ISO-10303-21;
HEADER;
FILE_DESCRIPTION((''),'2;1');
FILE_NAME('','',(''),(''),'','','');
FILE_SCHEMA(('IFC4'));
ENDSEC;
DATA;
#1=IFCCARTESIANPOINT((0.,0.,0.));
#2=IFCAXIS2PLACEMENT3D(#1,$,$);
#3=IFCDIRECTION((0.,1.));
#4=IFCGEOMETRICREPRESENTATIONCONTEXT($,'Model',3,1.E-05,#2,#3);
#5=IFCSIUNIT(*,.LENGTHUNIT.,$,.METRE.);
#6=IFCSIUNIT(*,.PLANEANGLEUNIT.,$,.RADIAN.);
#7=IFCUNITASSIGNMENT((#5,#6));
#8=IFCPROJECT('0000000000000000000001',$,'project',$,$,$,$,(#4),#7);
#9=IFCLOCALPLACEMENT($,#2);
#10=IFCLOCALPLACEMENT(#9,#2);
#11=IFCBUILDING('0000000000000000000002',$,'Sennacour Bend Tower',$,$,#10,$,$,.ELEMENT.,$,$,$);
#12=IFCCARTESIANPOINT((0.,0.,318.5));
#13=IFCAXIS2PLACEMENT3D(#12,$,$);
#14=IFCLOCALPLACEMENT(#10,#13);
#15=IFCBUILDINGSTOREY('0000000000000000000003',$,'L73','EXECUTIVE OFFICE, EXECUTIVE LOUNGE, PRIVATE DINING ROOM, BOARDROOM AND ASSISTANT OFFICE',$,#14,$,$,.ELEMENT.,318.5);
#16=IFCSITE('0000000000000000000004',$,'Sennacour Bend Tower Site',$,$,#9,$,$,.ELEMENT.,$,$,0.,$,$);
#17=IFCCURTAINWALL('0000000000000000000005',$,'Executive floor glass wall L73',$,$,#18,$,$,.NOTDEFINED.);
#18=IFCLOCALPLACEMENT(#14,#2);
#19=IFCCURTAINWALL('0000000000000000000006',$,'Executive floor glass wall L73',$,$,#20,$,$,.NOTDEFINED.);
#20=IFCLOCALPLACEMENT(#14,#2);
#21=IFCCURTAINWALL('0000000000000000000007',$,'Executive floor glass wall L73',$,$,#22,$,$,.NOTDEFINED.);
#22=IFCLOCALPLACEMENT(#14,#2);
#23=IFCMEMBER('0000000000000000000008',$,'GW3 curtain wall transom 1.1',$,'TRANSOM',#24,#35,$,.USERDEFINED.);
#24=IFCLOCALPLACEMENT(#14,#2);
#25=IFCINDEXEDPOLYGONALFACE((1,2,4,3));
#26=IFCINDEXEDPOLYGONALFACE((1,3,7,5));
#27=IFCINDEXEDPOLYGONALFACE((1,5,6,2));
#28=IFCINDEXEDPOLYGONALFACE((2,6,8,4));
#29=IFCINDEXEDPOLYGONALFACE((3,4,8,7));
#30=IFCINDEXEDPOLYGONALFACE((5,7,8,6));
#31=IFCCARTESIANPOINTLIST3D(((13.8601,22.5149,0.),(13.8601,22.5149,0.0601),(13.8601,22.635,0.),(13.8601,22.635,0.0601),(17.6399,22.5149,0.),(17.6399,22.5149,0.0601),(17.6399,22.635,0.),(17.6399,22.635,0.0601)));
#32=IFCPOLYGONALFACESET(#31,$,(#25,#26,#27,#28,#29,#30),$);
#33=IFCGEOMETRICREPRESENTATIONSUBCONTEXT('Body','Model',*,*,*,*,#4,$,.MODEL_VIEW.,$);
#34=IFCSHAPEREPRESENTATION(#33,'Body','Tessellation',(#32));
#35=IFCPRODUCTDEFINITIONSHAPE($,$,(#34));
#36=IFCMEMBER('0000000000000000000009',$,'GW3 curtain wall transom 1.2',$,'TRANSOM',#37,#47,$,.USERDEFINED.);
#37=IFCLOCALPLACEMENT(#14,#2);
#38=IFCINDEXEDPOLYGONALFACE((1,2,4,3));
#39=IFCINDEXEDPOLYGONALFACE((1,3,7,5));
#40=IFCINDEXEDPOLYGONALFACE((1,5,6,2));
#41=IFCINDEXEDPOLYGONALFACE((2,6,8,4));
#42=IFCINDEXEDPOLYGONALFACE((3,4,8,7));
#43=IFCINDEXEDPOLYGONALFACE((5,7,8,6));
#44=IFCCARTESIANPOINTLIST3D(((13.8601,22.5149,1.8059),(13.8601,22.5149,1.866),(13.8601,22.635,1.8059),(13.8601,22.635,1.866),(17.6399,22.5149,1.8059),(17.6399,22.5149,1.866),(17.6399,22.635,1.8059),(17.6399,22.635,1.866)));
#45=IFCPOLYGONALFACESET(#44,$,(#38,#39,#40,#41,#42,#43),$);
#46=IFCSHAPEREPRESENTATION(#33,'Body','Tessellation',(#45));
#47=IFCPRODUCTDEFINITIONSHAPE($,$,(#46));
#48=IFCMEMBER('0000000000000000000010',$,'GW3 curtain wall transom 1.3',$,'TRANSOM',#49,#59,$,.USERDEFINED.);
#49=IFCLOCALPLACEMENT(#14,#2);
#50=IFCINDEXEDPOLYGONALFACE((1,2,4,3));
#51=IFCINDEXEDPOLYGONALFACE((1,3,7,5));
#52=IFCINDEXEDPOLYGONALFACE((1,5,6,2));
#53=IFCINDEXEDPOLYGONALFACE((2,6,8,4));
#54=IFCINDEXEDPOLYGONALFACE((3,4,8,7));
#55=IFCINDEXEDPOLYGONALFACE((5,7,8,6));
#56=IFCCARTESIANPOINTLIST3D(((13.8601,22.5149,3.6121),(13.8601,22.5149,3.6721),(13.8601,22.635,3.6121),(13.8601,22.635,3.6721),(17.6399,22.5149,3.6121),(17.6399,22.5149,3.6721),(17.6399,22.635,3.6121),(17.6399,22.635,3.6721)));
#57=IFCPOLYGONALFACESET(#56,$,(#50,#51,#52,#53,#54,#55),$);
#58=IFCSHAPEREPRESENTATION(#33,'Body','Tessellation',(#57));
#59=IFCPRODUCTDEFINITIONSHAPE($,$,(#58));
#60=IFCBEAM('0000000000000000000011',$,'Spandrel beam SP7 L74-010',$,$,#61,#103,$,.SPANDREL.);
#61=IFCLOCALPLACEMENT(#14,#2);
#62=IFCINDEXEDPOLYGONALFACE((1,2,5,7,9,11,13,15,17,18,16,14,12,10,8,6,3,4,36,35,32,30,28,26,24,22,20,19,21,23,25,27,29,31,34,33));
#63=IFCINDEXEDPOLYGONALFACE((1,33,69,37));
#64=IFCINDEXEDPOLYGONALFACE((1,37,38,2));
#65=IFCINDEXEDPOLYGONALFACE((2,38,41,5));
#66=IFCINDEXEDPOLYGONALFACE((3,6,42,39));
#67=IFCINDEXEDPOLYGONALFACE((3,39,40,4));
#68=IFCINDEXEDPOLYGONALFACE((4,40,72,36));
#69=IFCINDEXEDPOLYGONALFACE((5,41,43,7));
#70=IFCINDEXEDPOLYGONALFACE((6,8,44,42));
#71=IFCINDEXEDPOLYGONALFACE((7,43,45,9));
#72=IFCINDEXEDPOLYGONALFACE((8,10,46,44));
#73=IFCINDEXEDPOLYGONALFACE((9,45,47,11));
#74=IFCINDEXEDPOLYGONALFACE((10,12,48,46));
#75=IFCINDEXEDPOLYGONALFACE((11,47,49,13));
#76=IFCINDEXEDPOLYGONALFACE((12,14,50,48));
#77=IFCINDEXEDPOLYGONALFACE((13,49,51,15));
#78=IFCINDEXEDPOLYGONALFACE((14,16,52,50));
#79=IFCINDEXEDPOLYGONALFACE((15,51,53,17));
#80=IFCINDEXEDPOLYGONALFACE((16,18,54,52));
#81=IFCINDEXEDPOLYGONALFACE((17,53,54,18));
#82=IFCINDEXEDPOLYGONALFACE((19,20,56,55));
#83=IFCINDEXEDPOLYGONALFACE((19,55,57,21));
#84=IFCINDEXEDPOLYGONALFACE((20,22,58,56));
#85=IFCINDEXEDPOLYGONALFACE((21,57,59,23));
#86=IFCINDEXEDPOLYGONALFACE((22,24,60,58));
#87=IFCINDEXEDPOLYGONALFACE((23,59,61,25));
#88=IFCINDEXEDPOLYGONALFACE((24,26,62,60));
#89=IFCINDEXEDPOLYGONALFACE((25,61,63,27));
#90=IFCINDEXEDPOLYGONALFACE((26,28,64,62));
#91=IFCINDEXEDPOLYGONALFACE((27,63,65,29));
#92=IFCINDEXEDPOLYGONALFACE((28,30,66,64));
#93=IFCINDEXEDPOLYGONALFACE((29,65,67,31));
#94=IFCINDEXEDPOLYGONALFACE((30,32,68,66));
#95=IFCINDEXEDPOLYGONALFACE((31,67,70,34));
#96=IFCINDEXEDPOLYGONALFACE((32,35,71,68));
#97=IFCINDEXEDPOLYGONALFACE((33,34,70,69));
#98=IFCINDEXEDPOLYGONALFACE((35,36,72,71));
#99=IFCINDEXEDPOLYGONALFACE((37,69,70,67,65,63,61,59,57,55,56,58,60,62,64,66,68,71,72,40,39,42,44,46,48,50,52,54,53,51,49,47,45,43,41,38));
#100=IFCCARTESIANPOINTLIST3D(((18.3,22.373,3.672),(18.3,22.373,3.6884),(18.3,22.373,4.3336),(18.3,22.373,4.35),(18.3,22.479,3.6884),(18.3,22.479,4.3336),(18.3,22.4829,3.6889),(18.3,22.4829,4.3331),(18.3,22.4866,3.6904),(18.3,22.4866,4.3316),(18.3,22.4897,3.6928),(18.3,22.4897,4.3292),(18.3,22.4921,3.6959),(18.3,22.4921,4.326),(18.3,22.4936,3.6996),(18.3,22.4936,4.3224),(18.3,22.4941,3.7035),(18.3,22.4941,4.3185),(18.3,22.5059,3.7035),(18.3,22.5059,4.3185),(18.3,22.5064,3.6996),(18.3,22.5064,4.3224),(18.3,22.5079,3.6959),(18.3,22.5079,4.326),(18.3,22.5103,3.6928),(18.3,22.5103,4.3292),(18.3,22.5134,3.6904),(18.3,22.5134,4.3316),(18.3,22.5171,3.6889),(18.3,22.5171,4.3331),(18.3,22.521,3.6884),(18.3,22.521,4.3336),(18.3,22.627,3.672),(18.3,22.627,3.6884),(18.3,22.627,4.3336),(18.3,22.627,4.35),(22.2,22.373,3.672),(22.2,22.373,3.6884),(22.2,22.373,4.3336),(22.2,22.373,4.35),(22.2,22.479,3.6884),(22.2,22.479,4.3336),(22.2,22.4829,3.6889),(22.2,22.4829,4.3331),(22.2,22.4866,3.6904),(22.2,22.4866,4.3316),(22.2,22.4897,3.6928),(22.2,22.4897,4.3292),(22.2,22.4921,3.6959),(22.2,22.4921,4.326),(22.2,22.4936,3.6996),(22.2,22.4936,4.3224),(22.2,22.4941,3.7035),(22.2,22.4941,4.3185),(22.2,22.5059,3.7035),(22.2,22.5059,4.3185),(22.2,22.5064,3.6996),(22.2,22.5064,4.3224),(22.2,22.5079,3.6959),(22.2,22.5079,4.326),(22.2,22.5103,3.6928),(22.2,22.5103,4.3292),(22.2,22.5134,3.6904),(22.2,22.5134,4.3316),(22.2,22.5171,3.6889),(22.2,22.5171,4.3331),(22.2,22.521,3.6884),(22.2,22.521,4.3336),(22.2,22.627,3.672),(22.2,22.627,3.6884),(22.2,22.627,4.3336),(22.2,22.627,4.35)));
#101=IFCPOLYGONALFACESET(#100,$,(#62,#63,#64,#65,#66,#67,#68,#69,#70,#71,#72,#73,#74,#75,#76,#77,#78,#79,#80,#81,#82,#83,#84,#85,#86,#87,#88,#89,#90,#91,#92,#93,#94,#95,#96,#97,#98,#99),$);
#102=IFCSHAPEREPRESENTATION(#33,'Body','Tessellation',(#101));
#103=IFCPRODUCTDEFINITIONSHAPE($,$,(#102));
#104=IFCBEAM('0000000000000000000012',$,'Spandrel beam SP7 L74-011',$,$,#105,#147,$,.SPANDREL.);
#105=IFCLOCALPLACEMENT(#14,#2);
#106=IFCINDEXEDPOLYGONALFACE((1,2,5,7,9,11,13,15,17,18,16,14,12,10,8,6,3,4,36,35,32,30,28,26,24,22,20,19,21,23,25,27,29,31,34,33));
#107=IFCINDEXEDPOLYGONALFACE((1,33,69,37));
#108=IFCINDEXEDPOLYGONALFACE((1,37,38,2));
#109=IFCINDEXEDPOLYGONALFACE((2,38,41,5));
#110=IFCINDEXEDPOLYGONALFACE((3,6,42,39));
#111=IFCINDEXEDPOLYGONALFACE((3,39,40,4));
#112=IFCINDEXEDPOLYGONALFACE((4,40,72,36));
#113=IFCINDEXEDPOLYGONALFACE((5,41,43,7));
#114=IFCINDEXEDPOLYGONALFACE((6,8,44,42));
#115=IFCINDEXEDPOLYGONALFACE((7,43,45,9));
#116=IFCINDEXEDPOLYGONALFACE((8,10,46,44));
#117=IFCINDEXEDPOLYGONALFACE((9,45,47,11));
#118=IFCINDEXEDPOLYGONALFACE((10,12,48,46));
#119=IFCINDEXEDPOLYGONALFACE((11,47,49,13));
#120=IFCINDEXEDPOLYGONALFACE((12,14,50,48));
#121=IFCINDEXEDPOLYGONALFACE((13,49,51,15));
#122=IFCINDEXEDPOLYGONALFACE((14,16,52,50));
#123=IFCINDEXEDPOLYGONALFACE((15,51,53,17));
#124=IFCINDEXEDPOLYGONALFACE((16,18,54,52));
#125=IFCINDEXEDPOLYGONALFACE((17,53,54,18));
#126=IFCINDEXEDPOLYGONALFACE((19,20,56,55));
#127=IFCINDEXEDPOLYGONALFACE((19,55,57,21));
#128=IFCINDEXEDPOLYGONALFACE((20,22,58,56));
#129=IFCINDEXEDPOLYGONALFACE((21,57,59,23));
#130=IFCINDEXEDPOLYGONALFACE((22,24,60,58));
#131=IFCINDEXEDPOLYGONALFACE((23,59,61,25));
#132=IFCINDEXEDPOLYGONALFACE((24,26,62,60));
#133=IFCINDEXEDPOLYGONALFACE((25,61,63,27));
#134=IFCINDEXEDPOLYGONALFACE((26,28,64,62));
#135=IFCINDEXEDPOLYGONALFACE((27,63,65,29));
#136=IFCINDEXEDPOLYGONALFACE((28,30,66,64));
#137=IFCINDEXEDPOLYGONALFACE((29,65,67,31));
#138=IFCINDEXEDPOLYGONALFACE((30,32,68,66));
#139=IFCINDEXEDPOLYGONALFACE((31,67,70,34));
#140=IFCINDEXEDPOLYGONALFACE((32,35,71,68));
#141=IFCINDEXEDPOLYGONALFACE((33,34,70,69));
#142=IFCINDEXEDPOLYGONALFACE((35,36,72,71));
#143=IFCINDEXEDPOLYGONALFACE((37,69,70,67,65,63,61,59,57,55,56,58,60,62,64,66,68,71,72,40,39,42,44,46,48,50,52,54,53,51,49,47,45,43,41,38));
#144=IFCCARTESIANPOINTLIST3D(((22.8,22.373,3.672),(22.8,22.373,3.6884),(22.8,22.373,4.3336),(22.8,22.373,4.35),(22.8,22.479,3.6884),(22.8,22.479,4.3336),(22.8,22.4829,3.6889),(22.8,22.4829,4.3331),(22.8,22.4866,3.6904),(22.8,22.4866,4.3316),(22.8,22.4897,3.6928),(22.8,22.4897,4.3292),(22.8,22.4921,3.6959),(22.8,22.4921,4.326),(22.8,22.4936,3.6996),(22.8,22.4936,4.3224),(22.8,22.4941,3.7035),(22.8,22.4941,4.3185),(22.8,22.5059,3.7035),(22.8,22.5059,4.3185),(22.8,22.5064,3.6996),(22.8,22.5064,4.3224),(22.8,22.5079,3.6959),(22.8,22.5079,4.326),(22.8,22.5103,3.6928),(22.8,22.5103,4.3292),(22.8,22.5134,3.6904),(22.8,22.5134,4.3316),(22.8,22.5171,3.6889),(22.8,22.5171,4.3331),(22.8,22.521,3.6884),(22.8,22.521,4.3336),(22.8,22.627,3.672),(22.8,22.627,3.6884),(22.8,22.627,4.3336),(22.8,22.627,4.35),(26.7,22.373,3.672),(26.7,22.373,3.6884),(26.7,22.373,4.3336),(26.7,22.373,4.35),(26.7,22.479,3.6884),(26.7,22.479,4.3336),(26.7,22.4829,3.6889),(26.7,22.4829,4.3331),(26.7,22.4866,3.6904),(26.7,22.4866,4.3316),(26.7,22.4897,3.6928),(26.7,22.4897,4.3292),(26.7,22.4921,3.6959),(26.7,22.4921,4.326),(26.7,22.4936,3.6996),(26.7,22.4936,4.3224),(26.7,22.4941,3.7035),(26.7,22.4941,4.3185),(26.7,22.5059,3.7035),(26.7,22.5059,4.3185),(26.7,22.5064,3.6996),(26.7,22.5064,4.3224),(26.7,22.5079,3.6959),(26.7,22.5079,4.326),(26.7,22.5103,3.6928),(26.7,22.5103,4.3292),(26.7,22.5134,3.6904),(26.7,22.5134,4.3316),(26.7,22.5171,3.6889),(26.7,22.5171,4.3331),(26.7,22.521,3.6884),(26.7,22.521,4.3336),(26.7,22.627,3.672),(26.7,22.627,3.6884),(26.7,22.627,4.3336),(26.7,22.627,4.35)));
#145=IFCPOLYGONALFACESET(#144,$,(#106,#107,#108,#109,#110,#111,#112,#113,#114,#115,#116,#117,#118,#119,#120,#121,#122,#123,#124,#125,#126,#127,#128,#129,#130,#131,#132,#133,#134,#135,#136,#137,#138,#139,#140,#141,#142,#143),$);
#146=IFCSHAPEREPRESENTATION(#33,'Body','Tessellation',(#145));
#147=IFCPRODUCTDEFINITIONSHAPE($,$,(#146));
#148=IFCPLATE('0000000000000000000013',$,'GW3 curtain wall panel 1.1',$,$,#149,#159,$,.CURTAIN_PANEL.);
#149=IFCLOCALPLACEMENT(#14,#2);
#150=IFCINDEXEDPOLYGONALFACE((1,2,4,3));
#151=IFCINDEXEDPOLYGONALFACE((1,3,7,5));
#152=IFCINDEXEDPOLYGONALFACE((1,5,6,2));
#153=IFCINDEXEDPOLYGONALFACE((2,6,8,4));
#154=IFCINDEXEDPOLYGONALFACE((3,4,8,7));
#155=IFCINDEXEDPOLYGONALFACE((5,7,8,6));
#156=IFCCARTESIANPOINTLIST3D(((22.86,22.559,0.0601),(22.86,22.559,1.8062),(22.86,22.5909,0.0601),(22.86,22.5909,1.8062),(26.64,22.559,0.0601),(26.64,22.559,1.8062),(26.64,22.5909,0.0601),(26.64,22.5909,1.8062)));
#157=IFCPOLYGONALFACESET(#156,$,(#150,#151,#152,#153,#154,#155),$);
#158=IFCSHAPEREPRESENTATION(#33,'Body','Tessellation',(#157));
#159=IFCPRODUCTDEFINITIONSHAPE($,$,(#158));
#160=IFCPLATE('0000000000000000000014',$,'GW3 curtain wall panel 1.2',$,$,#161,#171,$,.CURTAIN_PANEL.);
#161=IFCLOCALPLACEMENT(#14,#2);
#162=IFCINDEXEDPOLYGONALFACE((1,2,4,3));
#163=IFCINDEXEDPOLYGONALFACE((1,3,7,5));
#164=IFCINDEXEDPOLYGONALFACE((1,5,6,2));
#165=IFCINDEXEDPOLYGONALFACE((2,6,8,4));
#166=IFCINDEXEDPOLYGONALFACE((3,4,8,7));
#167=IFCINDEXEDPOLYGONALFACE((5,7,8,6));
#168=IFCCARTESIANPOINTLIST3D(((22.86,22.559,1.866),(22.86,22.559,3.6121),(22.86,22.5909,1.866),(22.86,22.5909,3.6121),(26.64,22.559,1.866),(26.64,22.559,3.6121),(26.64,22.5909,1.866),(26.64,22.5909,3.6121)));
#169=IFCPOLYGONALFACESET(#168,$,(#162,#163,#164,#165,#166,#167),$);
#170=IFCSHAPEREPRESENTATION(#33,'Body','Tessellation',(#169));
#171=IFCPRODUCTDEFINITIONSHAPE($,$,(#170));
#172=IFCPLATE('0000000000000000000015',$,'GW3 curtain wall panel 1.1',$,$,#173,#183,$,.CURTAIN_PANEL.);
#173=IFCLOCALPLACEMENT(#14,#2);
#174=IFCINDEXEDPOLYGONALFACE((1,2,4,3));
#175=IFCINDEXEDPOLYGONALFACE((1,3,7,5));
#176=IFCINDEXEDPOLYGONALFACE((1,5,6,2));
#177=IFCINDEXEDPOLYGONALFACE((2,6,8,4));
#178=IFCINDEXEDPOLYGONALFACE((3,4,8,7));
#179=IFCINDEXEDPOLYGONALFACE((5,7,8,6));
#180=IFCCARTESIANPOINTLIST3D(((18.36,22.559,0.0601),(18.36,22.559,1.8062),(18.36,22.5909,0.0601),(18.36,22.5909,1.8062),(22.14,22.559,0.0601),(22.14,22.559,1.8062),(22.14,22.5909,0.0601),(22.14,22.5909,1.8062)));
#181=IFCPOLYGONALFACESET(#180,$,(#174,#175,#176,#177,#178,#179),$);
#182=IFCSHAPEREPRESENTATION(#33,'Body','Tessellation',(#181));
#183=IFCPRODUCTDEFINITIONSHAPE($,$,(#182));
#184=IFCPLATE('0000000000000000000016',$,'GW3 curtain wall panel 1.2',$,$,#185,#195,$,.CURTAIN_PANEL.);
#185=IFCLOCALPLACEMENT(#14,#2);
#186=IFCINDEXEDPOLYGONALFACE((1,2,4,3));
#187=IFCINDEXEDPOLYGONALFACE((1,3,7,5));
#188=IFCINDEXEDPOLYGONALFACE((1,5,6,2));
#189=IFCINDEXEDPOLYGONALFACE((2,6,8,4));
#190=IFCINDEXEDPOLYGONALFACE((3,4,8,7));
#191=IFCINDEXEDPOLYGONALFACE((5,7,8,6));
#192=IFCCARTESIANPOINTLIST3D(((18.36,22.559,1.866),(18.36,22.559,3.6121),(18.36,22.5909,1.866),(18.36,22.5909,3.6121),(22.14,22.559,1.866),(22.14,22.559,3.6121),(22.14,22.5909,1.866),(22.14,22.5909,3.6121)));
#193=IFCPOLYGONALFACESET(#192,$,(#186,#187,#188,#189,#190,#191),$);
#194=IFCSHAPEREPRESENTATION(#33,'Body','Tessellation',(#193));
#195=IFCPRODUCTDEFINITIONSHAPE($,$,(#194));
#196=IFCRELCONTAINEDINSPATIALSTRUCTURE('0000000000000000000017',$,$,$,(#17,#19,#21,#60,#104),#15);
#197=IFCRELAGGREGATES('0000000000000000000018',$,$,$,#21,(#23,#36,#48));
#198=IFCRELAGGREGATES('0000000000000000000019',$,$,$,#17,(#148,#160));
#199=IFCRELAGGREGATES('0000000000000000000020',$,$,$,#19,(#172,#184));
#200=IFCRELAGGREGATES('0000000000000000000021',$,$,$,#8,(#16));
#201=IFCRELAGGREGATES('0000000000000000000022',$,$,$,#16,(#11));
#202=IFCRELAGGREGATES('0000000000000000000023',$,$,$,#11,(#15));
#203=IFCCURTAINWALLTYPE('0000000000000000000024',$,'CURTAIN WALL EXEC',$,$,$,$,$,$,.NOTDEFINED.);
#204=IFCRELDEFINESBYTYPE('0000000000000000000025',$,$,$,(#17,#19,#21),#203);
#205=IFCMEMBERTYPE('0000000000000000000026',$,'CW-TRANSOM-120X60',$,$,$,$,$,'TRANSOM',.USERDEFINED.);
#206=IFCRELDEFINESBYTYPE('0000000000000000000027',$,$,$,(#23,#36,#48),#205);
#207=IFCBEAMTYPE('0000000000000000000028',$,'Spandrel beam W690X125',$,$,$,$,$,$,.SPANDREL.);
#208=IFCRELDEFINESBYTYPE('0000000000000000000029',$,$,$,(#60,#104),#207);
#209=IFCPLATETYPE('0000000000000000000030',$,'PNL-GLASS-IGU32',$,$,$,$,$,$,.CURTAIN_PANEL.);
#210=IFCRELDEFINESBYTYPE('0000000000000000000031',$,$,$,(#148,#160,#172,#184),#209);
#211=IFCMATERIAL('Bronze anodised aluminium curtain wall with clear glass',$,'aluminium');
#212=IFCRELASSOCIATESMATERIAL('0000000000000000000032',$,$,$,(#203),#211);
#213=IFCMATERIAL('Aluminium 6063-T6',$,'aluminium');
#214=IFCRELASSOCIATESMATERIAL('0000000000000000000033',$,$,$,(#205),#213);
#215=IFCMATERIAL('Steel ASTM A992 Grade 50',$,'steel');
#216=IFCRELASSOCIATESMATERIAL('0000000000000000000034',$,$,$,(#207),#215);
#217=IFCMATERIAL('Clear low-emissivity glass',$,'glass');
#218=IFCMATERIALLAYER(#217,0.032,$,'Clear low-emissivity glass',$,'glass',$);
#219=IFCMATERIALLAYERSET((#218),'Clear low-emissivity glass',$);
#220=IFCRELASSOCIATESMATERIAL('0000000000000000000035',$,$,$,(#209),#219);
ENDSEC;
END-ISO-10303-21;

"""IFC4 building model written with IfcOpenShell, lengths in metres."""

from ifc_helpers import new_model, si_unit, direction, frame, origin, origin_2d, place, context, subcontext, project, spatial, rectangle, i_section, extrude, material, layer, layer_set, material_profile, profile_set, type_object, element, aggregate, save


model = new_model("IFC4")

# Units and contexts
model_context = context("Model", 3, precision=1e-05, world=origin(), true_north=direction((0.0, 1.0)))
body_context = subcontext(model_context, "Body", "Model", "MODEL_VIEW")
ifc_project = project(units=[si_unit("LENGTHUNIT", "METRE"), si_unit("PLANEANGLEUNIT", "RADIAN")], contexts=[model_context])

# Site, building, storey
site_placement = place(None, origin())
site = spatial("IfcSite", under=ifc_project, at=site_placement, Name="Sennacour Bend Tower Site", CompositionType="ELEMENT", RefElevation=0.0)
building_placement = place(site_placement, origin())
building = spatial("IfcBuilding", under=site, at=building_placement, Name="Sennacour Bend Tower", CompositionType="ELEMENT")
storey_placement = place(building_placement, frame((0.0, 0.0, 318.5)))
storey = spatial("IfcBuildingStorey", under=building, at=storey_placement, Name="L73", Description="EXECUTIVE OFFICE, EXECUTIVE LOUNGE, PRIVATE DINING ROOM, BOARDROOM AND ASSISTANT OFFICE", CompositionType="ELEMENT", Elevation=318.5)

# Curtain walls
ifc_material_1 = material(Name="Bronze anodised aluminium curtain wall with clear glass", Category="aluminium")
curtain_wall_type = type_object("IfcCurtainWallType", Name="CURTAIN WALL EXEC", PredefinedType="NOTDEFINED", material=ifc_material_1)
curtain_wall_1_placement = place(storey_placement, origin())
curtain_wall_1 = element("IfcCurtainWall", 1, at=curtain_wall_1_placement, inside=storey, type_object=curtain_wall_type, Name="Executive floor glass wall L73", PredefinedType="NOTDEFINED")
ifc_material_2 = material(Name="Aluminium 6063-T6", Category="aluminium")
curtain_wall_2_placement = place(storey_placement, origin())
curtain_wall_2 = element("IfcCurtainWall", 2, at=curtain_wall_2_placement, inside=storey, type_object=curtain_wall_type, Name="Executive floor glass wall L73", PredefinedType="NOTDEFINED")

# Curtain wall
curtain_wall_3_placement = place(storey_placement, origin())
curtain_wall_3 = element("IfcCurtainWall", 3, at=curtain_wall_3_placement, inside=storey, type_object=curtain_wall_type, Name="Executive floor glass wall L73", PredefinedType="NOTDEFINED")

# Members
ifc_material_profile_1 = material_profile(ifc_material_2, rectangle(XDim=0.1201, YDim=0.0601, at=origin_2d()), Name="Aluminium 6063-T6", Category="aluminium")
ifc_profile_set_1 = profile_set([ifc_material_profile_1], Name="Aluminium 6063-T6")
member_type_1 = type_object("IfcMemberType", Name="CW-TRANSOM-120X60", ElementType="TRANSOM", PredefinedType="USERDEFINED", material=ifc_profile_set_1)
member_1_placement = place(storey_placement, frame((17.6399, 22.575, 0.03), z_axis=(-1.0, 0.0, 0.0), x_axis=(0.0, -1.0, 0.0)))
member_1 = element("IfcMember", 4, at=member_1_placement, type_object=member_type_1, Name="GW3 curtain wall transom 1.1", ObjectType="TRANSOM", PredefinedType="USERDEFINED", context=body_context, shape_type="SweptSolid", body=[
    extrude(rectangle(XDim=0.1201, YDim=0.0601, at=origin_2d()), origin(), (0.0, 0.0, 1.0), 3.7798),
])
member_2_placement = place(storey_placement, frame((17.6399, 22.575, 1.8359), z_axis=(-1.0, 0.0, 0.0), x_axis=(0.0, -1.0, 0.0)))
member_2 = element("IfcMember", 5, at=member_2_placement, type_object=member_type_1, Name="GW3 curtain wall transom 1.2", ObjectType="TRANSOM", PredefinedType="USERDEFINED", context=body_context, shape_type="SweptSolid", body=[
    extrude(rectangle(XDim=0.1201, YDim=0.0601, at=origin_2d()), origin(), (0.0, 0.0, 1.0), 3.7798),
])
member_3_placement = place(storey_placement, frame((17.6399, 22.575, 3.6421), z_axis=(-1.0, 0.0, 0.0), x_axis=(0.0, -1.0, 0.0)))
member_3 = element("IfcMember", 6, at=member_3_placement, type_object=member_type_1, Name="GW3 curtain wall transom 1.3", ObjectType="TRANSOM", PredefinedType="USERDEFINED", context=body_context, shape_type="SweptSolid", body=[
    extrude(rectangle(XDim=0.1201, YDim=0.0601, at=origin_2d()), origin(), (0.0, 0.0, 1.0), 3.7798),
])
aggregate(curtain_wall_3, [member_1, member_2, member_3])

# Beams
ifc_material_3 = material(Name="Steel ASTM A992 Grade 50", Category="steel")
ifc_material_profile_2 = material_profile(ifc_material_3, i_section(OverallWidth=0.2539, OverallDepth=0.678, WebThickness=0.0117, FlangeThickness=0.0164, FilletRadius=0.0151, at=origin_2d()), Name="Steel ASTM A992 Grade 50", Category="steel")
ifc_profile_set_2 = profile_set([ifc_material_profile_2], Name="Steel ASTM A992 Grade 50")
beam_type = type_object("IfcBeamType", Name="Spandrel beam W690X125", PredefinedType="SPANDREL", material=ifc_profile_set_2)
for number, where, z_axis, x_axis, name in (
    (7, (18.3, 22.5, 4.011), (1.0, 0.0, 0.0), (0.0, 1.0, 0.0), "Spandrel beam SP7 L74-010"),
    (8, (22.8, 22.5, 4.011), (1.0, 0.0, 0.0), (0.0, 1.0, 0.0), "Spandrel beam SP7 L74-011"),
):
    element("IfcBeam", number, at=place(storey_placement, frame(where, z_axis=z_axis, x_axis=x_axis)), inside=storey, type_object=beam_type, Name=name, PredefinedType="SPANDREL", context=body_context, shape_type="SweptSolid", body=[
        extrude(i_section(OverallWidth=0.2539, OverallDepth=0.678, WebThickness=0.0117, FlangeThickness=0.0164, FilletRadius=0.0151, at=origin_2d()), origin(), (0.0, 0.0, 1.0), 3.8999),
    ])

# Plates
ifc_material_4 = material(Name="Clear low-emissivity glass", Category="glass")
ifc_layer_1 = layer(ifc_material_4, 0.032, Name="Clear low-emissivity glass", Category="glass")
ifc_layer_set_1 = layer_set([ifc_layer_1], Name="Clear low-emissivity glass")
plate_type = type_object("IfcPlateType", Name="PNL-GLASS-IGU32", PredefinedType="CURTAIN_PANEL", material=ifc_layer_set_1)
plate_1_placement = place(storey_placement, frame((24.75, 22.575, 0.0601), z_axis=(0.0, 0.0, 1.0), x_axis=(-1.0, 0.0, 0.0)))
plate_1 = element("IfcPlate", 9, at=plate_1_placement, type_object=plate_type, Name="GW3 curtain wall panel 1.1", PredefinedType="CURTAIN_PANEL", context=body_context, shape_type="SweptSolid", body=[
    extrude(rectangle(XDim=3.78, YDim=0.032, at=origin_2d()), origin(), (0.0, 0.0, 1.0), 1.7461),
])
plate_2_placement = place(storey_placement, frame((24.75, 22.575, 1.866), z_axis=(0.0, 0.0, 1.0), x_axis=(-1.0, 0.0, 0.0)))
plate_2 = element("IfcPlate", 10, at=plate_2_placement, type_object=plate_type, Name="GW3 curtain wall panel 1.2", PredefinedType="CURTAIN_PANEL", context=body_context, shape_type="SweptSolid", body=[
    extrude(rectangle(XDim=3.78, YDim=0.032, at=origin_2d()), origin(), (0.0, 0.0, 1.0), 1.7461),
])
aggregate(curtain_wall_1, [plate_1, plate_2])
plate_3_placement = place(storey_placement, frame((20.25, 22.575, 0.0601), z_axis=(0.0, 0.0, 1.0), x_axis=(-1.0, 0.0, 0.0)))
plate_3 = element("IfcPlate", 11, at=plate_3_placement, type_object=plate_type, Name="GW3 curtain wall panel 1.1", PredefinedType="CURTAIN_PANEL", context=body_context, shape_type="SweptSolid", body=[
    extrude(rectangle(XDim=3.78, YDim=0.032, at=origin_2d()), origin(), (0.0, 0.0, 1.0), 1.7461),
])
plate_4_placement = place(storey_placement, frame((20.25, 22.575, 1.866), z_axis=(0.0, 0.0, 1.0), x_axis=(-1.0, 0.0, 0.0)))
plate_4 = element("IfcPlate", 12, at=plate_4_placement, type_object=plate_type, Name="GW3 curtain wall panel 1.2", PredefinedType="CURTAIN_PANEL", context=body_context, shape_type="SweptSolid", body=[
    extrude(rectangle(XDim=3.78, YDim=0.032, at=origin_2d()), origin(), (0.0, 0.0, 1.0), 1.7461),
])
aggregate(curtain_wall_2, [plate_3, plate_4])

save(model, "model.ifc")
